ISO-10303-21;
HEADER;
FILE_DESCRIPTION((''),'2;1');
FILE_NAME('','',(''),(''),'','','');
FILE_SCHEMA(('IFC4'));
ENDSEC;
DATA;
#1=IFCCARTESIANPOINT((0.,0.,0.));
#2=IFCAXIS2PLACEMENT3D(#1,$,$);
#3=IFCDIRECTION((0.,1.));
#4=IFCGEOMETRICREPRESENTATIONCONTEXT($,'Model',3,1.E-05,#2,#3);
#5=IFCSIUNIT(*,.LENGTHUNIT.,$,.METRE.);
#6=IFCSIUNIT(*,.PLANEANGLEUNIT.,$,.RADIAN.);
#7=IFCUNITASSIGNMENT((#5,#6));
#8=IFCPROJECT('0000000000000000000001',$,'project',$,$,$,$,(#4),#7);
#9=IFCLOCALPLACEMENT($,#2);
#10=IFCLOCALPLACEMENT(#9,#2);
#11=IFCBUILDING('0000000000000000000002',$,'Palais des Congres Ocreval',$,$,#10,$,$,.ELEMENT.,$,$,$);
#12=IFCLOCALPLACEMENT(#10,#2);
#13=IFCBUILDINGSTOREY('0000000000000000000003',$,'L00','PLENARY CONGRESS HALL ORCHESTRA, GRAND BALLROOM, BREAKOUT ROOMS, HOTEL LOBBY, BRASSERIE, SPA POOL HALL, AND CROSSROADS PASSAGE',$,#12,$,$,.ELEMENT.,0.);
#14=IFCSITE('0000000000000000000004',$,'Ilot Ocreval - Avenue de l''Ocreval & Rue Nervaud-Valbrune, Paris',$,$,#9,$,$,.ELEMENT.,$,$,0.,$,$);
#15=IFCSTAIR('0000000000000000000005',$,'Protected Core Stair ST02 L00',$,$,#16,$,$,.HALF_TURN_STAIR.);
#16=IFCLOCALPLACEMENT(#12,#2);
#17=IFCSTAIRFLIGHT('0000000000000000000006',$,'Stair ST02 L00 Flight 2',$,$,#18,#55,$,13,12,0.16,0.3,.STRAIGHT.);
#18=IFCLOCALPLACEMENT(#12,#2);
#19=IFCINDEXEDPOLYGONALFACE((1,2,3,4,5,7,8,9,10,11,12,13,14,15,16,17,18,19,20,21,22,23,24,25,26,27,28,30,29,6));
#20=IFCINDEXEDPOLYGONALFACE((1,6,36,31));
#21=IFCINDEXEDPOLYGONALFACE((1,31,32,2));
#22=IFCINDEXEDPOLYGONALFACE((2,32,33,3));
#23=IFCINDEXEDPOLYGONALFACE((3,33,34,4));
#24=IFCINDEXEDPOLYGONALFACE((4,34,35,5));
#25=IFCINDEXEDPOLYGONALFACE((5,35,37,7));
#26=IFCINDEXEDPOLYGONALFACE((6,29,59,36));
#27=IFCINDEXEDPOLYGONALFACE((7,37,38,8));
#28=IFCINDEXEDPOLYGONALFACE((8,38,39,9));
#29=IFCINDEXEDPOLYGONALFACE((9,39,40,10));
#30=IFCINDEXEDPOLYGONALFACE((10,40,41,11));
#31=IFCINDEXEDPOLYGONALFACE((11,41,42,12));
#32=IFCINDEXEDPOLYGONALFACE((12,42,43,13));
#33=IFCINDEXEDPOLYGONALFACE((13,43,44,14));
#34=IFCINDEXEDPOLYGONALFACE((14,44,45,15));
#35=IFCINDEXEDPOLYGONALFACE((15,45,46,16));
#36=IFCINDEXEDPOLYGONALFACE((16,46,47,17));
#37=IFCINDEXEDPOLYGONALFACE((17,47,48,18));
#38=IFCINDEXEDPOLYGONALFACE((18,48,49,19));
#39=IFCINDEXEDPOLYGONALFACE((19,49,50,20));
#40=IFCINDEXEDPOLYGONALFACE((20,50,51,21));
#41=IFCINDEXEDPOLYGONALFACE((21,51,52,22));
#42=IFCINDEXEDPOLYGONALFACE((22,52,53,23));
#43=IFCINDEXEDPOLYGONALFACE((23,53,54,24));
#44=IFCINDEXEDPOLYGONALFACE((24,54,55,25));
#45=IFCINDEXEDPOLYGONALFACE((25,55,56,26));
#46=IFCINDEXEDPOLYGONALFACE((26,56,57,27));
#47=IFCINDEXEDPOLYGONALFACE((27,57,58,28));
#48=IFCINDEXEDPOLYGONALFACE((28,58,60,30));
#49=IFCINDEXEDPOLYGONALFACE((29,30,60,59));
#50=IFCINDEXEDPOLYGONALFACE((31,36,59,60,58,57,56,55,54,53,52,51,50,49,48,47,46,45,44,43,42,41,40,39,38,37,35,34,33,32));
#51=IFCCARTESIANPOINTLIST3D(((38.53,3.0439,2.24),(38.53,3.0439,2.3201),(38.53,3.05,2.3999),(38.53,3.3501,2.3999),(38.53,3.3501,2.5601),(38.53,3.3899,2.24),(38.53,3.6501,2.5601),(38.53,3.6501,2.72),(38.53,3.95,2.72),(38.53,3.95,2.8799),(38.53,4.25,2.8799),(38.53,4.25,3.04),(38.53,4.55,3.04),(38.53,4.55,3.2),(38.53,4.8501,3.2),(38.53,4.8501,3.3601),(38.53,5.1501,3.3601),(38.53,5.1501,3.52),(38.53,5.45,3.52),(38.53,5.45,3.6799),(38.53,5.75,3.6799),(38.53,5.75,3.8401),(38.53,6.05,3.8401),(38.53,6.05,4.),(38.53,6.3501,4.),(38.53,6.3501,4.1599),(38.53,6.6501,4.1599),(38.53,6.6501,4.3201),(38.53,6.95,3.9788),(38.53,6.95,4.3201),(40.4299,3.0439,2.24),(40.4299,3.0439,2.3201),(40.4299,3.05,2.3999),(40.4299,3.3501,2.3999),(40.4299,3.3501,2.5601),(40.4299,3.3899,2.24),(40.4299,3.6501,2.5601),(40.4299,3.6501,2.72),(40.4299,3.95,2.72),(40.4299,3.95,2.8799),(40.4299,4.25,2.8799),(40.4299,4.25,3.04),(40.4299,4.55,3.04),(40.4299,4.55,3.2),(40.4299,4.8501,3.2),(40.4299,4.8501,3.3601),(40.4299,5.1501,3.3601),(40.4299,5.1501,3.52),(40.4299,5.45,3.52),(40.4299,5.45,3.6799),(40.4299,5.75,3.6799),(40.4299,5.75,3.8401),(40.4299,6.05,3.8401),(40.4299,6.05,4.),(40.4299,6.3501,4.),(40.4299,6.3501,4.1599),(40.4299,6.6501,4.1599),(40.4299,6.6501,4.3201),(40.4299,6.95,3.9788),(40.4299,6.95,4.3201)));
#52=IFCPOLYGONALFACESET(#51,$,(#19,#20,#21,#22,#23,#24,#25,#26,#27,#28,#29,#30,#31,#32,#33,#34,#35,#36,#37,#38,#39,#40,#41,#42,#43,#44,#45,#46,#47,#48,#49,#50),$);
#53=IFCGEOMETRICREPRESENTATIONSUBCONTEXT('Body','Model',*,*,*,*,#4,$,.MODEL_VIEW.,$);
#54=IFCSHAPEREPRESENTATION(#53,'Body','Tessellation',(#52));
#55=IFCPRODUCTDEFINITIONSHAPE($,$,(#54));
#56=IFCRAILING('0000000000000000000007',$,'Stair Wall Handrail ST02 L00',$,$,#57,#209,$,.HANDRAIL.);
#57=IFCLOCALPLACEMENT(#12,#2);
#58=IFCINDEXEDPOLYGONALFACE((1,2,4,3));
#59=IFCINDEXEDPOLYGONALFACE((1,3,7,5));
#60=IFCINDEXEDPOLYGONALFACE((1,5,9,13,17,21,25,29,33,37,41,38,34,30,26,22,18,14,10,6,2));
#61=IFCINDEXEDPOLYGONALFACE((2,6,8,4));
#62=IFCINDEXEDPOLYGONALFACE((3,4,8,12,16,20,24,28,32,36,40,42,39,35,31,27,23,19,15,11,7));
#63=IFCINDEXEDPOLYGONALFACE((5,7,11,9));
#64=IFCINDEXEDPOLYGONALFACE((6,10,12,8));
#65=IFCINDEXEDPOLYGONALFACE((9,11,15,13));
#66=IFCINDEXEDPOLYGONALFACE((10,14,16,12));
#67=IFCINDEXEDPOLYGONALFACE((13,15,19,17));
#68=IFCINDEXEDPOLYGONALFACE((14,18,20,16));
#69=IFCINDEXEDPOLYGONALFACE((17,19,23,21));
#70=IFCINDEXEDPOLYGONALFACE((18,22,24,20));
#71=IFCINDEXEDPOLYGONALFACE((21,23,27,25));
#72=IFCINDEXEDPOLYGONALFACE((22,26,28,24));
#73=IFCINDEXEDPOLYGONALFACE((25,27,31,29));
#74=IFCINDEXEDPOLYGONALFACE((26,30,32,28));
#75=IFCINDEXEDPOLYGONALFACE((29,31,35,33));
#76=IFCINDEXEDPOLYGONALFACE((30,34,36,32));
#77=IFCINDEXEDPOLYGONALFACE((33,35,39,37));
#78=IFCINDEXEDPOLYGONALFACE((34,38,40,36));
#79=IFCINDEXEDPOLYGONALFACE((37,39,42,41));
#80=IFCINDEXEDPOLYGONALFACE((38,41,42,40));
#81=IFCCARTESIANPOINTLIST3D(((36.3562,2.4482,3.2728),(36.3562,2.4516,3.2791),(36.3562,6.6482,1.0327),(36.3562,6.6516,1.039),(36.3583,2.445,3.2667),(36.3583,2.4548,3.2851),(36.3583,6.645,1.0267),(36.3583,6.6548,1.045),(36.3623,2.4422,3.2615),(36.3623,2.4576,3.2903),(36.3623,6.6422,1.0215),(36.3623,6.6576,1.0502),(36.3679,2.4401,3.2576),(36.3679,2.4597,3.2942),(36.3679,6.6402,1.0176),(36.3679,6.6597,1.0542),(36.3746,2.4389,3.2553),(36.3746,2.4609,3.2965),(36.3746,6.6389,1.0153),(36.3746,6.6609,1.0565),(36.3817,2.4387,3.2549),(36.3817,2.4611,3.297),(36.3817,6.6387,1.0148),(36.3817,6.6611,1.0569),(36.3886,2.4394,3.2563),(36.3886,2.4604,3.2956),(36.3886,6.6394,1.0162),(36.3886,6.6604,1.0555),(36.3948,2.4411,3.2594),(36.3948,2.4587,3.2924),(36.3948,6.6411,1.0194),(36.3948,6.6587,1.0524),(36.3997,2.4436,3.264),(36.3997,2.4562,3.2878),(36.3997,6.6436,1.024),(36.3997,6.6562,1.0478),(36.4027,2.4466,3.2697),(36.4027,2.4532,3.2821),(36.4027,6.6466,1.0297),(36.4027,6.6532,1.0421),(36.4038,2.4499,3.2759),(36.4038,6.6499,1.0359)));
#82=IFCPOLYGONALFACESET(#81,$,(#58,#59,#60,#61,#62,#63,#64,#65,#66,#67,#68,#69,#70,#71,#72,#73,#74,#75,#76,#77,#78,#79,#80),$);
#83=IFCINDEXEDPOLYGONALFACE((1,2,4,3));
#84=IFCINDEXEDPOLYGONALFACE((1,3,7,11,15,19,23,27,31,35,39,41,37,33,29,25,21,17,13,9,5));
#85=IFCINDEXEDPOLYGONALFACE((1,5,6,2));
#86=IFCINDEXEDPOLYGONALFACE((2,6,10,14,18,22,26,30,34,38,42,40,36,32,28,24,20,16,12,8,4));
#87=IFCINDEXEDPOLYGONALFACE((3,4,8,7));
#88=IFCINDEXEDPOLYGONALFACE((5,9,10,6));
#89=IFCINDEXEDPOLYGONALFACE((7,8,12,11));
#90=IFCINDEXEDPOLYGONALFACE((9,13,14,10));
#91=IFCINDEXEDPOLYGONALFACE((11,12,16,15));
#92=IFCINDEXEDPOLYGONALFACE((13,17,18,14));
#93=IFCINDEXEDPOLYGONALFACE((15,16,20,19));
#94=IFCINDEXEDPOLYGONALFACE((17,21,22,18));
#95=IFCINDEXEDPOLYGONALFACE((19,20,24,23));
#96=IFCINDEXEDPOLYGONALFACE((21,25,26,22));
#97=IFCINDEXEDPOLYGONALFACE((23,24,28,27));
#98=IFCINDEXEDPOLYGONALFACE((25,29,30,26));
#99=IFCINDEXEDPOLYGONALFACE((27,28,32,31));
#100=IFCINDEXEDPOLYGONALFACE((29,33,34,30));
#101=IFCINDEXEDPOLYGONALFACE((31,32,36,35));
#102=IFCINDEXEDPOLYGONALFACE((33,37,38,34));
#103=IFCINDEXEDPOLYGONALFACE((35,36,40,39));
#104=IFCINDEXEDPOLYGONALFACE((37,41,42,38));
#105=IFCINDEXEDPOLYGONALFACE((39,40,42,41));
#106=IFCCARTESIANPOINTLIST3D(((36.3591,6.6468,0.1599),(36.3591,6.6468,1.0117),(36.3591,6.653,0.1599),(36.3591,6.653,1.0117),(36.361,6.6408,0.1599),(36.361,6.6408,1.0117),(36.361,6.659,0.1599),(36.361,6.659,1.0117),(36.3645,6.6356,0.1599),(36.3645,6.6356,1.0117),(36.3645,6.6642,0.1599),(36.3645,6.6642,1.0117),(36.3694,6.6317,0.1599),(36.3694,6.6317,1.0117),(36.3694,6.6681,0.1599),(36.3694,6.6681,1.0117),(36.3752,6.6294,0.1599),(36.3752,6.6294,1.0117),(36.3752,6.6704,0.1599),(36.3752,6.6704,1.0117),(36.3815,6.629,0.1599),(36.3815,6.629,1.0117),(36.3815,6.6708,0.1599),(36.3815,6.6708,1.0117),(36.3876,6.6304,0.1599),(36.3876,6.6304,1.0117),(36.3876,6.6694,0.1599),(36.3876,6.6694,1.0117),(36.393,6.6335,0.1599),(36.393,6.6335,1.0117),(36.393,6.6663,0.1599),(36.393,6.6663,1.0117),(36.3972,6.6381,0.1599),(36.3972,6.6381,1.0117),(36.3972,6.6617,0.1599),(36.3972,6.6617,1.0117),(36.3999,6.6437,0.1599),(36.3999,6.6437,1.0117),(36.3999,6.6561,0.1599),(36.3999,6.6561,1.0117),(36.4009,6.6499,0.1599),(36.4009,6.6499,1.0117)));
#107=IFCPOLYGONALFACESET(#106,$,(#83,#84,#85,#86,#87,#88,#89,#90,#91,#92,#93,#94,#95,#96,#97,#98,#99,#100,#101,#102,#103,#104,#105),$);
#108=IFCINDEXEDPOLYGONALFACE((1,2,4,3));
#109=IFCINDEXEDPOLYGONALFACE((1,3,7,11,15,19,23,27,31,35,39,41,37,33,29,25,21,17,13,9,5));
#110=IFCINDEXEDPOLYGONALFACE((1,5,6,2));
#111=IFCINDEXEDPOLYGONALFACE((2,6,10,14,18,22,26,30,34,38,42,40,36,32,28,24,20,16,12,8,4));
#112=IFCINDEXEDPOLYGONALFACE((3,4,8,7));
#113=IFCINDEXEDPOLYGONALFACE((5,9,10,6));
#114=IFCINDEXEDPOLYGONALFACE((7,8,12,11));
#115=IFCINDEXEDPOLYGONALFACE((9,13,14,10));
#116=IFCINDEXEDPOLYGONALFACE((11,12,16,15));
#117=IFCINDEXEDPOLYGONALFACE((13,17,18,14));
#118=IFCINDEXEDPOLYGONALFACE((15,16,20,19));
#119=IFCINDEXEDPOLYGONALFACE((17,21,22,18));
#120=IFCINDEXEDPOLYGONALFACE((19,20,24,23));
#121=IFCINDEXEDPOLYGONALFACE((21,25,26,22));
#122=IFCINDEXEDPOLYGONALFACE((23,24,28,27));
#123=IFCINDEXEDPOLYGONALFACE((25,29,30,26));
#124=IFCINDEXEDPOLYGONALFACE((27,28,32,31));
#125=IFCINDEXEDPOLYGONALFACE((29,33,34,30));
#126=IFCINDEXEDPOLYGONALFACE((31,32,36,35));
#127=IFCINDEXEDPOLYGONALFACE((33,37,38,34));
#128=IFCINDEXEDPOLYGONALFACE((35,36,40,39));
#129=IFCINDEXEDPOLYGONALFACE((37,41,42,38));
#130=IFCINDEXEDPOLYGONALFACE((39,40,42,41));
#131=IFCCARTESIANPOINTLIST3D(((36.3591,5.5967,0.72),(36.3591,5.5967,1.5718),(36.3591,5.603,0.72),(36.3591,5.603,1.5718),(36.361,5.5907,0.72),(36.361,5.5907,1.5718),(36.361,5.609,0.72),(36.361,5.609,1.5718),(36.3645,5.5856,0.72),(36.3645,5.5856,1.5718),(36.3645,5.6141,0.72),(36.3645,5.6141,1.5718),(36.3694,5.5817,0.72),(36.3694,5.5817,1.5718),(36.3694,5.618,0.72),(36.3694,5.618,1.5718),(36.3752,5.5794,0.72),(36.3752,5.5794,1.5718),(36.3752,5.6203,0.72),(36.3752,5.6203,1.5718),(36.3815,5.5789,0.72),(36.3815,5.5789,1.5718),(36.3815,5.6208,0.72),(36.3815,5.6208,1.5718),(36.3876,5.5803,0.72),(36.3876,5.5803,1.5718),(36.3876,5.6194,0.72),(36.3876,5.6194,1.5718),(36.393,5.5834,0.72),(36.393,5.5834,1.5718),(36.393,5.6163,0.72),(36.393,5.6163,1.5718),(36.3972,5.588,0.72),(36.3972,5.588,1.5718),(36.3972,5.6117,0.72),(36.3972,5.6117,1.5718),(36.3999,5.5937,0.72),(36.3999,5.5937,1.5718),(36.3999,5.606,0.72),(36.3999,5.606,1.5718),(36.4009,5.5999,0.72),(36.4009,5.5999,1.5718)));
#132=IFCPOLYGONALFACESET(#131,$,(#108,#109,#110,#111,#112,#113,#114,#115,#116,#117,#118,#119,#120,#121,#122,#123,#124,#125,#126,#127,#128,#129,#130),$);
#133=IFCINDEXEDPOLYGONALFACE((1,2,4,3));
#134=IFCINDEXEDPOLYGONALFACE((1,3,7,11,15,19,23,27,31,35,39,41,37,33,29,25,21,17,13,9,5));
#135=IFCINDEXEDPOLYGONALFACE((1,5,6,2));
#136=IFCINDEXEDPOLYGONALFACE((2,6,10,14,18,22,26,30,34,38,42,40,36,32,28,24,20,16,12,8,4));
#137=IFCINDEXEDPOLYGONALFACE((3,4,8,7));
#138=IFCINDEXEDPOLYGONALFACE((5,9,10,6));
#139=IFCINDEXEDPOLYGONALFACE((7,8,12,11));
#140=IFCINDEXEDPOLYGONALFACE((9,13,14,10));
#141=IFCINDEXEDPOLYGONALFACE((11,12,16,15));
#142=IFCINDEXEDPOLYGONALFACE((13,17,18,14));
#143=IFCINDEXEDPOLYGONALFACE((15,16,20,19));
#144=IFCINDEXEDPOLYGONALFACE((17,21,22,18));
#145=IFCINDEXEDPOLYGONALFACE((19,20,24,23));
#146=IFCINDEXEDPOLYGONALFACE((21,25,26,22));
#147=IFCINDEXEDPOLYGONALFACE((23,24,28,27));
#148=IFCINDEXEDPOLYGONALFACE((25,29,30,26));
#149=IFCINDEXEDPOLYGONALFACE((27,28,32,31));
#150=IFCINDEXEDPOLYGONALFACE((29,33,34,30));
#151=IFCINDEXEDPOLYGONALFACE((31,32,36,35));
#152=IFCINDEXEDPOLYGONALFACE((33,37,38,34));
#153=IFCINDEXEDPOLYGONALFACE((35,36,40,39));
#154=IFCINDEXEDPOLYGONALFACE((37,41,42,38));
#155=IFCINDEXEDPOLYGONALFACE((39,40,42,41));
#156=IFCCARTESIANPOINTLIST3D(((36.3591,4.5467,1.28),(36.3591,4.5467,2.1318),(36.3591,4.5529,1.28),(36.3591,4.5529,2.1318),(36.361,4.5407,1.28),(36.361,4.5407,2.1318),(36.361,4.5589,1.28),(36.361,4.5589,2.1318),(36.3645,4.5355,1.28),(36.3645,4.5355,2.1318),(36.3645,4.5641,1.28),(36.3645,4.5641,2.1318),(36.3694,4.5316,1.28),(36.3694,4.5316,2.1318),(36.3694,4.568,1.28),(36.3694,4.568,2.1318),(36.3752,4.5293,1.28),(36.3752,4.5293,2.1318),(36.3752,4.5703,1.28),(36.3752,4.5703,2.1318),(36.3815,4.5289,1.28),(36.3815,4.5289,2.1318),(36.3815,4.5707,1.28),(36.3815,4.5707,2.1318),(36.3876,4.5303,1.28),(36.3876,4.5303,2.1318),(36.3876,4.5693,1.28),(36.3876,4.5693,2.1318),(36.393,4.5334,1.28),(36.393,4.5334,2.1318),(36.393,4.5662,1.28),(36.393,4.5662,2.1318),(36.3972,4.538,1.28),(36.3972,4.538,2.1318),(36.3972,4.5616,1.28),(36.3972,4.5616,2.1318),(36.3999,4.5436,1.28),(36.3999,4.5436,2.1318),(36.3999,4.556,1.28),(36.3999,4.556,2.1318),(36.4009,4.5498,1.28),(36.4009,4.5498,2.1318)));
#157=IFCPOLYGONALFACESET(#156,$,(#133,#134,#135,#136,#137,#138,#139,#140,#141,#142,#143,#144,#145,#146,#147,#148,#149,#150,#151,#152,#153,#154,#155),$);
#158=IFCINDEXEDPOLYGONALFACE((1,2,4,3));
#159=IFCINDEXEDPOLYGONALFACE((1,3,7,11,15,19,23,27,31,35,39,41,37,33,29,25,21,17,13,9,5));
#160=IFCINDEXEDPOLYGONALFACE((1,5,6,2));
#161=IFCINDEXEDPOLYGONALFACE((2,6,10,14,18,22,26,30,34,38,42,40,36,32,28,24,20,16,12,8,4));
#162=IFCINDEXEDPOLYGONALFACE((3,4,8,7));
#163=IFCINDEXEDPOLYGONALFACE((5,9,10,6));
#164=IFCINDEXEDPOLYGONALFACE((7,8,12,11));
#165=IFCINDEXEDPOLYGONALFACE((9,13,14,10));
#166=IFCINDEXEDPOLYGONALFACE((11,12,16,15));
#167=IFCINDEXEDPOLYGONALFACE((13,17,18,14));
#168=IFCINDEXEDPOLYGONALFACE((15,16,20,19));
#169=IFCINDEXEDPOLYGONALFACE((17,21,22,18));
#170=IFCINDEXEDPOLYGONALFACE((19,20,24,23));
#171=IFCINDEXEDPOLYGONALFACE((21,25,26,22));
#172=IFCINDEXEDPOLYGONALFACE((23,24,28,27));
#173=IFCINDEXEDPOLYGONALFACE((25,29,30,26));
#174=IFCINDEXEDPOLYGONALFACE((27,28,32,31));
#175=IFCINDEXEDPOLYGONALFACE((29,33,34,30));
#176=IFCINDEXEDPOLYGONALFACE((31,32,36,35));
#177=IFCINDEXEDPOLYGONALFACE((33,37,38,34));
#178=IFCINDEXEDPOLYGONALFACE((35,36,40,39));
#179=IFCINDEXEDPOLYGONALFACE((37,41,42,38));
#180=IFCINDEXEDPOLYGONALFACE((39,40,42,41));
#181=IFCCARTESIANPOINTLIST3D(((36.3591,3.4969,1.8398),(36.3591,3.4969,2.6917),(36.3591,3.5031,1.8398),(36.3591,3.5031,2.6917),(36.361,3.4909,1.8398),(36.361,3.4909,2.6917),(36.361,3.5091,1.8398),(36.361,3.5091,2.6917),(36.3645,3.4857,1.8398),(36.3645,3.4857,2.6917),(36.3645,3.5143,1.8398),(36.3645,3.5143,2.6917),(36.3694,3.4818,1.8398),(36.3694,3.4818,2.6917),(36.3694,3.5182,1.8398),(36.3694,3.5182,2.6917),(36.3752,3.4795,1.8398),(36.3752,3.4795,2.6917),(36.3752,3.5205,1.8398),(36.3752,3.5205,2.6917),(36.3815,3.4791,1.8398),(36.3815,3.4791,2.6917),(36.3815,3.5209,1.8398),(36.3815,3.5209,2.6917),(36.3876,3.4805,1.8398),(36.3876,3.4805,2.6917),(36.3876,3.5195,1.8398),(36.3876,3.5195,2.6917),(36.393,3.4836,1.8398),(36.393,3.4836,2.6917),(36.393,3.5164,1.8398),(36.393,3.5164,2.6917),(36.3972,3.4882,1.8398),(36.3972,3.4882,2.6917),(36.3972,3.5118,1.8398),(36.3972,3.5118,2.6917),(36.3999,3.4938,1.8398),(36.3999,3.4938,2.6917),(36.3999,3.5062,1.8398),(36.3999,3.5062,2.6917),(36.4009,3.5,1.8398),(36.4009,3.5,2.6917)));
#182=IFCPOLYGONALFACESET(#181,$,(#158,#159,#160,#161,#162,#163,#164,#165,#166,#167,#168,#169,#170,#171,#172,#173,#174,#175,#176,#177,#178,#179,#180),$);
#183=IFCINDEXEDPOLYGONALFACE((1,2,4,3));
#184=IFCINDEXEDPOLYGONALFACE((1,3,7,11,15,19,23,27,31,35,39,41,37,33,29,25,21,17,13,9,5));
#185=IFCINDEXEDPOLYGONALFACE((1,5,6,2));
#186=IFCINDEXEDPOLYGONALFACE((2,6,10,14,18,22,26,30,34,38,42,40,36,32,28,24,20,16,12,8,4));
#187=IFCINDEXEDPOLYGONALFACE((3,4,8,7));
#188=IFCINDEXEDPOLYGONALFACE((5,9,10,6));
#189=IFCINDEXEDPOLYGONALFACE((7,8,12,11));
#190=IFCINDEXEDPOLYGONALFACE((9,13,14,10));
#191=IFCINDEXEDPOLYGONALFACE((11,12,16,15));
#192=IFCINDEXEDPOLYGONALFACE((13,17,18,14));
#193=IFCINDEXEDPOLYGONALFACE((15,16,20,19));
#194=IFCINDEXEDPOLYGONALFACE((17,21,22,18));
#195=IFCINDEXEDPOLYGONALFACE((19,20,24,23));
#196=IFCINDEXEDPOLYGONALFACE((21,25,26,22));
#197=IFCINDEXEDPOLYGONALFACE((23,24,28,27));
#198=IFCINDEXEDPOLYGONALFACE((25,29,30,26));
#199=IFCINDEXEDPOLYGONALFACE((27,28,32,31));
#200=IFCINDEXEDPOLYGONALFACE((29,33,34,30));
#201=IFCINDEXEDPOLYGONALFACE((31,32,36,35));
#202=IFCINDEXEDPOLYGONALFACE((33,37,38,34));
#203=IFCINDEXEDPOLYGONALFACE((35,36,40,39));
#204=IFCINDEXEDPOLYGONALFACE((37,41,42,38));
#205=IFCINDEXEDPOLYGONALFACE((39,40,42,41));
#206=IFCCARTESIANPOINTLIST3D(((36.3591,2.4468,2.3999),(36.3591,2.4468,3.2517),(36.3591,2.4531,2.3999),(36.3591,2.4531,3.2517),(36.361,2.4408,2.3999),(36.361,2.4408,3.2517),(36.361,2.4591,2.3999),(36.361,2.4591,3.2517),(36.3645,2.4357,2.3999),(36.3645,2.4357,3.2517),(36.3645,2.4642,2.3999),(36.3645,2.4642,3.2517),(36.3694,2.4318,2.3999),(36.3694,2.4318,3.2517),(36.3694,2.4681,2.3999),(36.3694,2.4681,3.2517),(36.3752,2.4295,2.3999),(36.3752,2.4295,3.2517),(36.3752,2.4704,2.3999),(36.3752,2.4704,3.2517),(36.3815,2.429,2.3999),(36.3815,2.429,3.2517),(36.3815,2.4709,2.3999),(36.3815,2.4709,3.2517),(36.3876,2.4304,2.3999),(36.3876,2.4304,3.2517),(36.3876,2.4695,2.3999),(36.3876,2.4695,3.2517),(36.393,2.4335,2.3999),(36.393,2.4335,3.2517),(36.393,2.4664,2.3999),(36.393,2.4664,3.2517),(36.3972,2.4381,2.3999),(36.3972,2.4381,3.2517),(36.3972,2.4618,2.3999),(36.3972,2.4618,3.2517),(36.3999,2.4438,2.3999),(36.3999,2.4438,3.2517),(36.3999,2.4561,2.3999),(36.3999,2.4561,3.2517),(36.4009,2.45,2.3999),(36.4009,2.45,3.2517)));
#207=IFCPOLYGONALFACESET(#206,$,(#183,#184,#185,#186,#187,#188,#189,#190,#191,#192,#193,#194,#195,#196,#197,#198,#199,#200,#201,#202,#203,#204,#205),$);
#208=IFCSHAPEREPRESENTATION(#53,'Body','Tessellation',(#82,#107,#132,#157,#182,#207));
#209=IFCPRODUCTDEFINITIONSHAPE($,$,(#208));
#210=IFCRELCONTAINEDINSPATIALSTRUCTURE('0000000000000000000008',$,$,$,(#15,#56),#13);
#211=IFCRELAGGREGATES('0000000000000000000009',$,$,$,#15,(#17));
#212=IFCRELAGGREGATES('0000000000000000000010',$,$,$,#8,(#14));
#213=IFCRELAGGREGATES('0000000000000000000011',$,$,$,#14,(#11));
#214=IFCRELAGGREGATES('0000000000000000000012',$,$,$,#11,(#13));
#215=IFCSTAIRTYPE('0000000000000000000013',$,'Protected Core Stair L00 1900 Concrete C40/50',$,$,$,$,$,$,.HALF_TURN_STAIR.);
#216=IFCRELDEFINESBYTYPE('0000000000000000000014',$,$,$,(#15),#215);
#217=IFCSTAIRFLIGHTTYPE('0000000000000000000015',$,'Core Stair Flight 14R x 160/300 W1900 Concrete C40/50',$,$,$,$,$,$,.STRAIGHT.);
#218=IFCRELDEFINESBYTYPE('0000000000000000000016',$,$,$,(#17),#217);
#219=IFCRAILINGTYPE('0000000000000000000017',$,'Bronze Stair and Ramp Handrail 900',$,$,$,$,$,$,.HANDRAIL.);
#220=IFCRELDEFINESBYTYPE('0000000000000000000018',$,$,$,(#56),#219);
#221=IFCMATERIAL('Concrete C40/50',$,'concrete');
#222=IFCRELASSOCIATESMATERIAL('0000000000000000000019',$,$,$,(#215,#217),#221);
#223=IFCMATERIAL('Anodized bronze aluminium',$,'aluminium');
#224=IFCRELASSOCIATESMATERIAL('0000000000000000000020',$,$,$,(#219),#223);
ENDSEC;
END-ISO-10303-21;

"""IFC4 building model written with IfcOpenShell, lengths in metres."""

from ifc_helpers import new_model, si_unit, direction, frame, origin, origin_2d, place, context, subcontext, project, spatial, polyline, circle, outline, extrude, material, type_object, element, aggregate, save


model = new_model("IFC4")

# Units and contexts
model_context = context("Model", 3, precision=1e-05, world=origin(), true_north=direction((0.0, 1.0)))
body_context = subcontext(model_context, "Body", "Model", "MODEL_VIEW")
ifc_project = project(units=[si_unit("LENGTHUNIT", "METRE"), si_unit("PLANEANGLEUNIT", "RADIAN")], contexts=[model_context])

# Site, building, storey
site_placement = place(None, origin())
site = spatial("IfcSite", under=ifc_project, at=site_placement, Name="Ilot Ocreval - Avenue de l'Ocreval & Rue Nervaud-Valbrune, Paris", CompositionType="ELEMENT", RefElevation=0.0)
building_placement = place(site_placement, origin())
building = spatial("IfcBuilding", under=site, at=building_placement, Name="Palais des Congres Ocreval", CompositionType="ELEMENT")
storey_placement = place(building_placement, origin())
storey = spatial("IfcBuildingStorey", under=building, at=storey_placement, Name="L00", Description="PLENARY CONGRESS HALL ORCHESTRA, GRAND BALLROOM, BREAKOUT ROOMS, HOTEL LOBBY, BRASSERIE, SPA POOL HALL, AND CROSSROADS PASSAGE", CompositionType="ELEMENT", Elevation=0.0)

# Shared definitions
ifc_material_1 = material(Name="Concrete C40/50", Category="concrete")

# Stair, stair flight
stair_type = type_object("IfcStairType", Name="Protected Core Stair L00 1900 Concrete C40/50", PredefinedType="HALF_TURN_STAIR", material=ifc_material_1)
stair_placement = place(storey_placement, origin())
stair = element("IfcStair", 1, at=stair_placement, inside=storey, type_object=stair_type, Name="Protected Core Stair ST02 L00", PredefinedType="HALF_TURN_STAIR")
stair_flight_type = type_object("IfcStairFlightType", Name="Core Stair Flight 14R x 160/300 W1900 Concrete C40/50", PredefinedType="STRAIGHT", material=ifc_material_1)
stair_flight_1_placement = place(storey_placement, frame((39.48, 3.05, 2.24), z_axis=(0.0, 0.0, 1.0), x_axis=(0.0, 1.0, 0.0)))
stair_flight_1 = element("IfcStairFlight", 2, at=stair_flight_1_placement, type_object=stair_flight_type, Name="Stair ST02 L00 Flight 2", NumberOfRisers=13, NumberOfTreads=12, PredefinedType="STRAIGHT", RiserHeight=0.16, TreadLength=0.3, context=body_context, shape_type="SweptSolid", body=[
    extrude(outline(polyline([(-0.0061, 0.0), (-0.0061, 0.0801), (0.0, 0.1599), (0.3, 0.1599), (0.3, 0.3201), (0.6001, 0.3201), (0.6001, 0.48), (0.8999, 0.48), (0.8999, 0.6399), (1.2, 0.6399), (1.2, 0.8), (1.5, 0.8), (1.5, 0.96), (1.8, 0.96), (1.8, 1.1201), (2.1001, 1.1201), (2.1001, 1.28), (2.3999, 1.28), (2.3999, 1.4399), (2.7, 1.4399), (2.7, 1.6001), (3.0, 1.6001), (3.0, 1.76), (3.3, 1.76), (3.3, 1.9199), (3.6001, 1.9199), (3.6001, 2.0801), (3.8999, 2.0801), (3.8999, 1.7388), (0.3398, 0.0), (-0.0061, 0.0)])), frame((0.0, 0.95, 0.0), z_axis=(0.0, -1.0, 0.0), x_axis=(1.0, 0.0, 0.0)), (0.0, 0.0, 1.0), 1.8999),
])
aggregate(stair, [stair_flight_1])

# Railing
ifc_material_2 = material(Name="Anodized bronze aluminium", Category="aluminium")
railing_type_1 = type_object("IfcRailingType", Name="Bronze Stair and Ramp Handrail 900", PredefinedType="HANDRAIL", material=ifc_material_2)
railing_1_placement = place(storey_placement, frame((36.3799, 6.6499, 0.1599)))
element("IfcRailing", 3, at=railing_1_placement, inside=storey, type_object=railing_type_1, Name="Stair Wall Handrail ST02 L00", PredefinedType="HANDRAIL", context=body_context, shape_type="SweptSolid", body=[
    extrude(circle(Radius=0.0239, at=origin_2d()), frame((0.0, 0.0, 0.876), z_axis=(0.0, -0.882352, 0.470591), x_axis=(1.0, 0.0, 0.0)), (0.0, 0.0, 1.0), 4.76),
    extrude(circle(Radius=0.021, at=origin_2d()), origin(), (0.0, 0.0, 1.0), 0.8518),
    extrude(circle(Radius=0.021, at=origin_2d()), frame((0.0, -1.05, 0.5601)), (0.0, 0.0, 1.0), 0.8518),
    extrude(circle(Radius=0.021, at=origin_2d()), frame((0.0, -2.1001, 1.1201)), (0.0, 0.0, 1.0), 0.8518),
    extrude(circle(Radius=0.021, at=origin_2d()), frame((0.0, -3.1499, 1.6799)), (0.0, 0.0, 1.0), 0.8518),
    extrude(circle(Radius=0.021, at=origin_2d()), frame((0.0, -4.2, 2.24)), (0.0, 0.0, 1.0), 0.8518),
])

save(model, "model.ifc")
